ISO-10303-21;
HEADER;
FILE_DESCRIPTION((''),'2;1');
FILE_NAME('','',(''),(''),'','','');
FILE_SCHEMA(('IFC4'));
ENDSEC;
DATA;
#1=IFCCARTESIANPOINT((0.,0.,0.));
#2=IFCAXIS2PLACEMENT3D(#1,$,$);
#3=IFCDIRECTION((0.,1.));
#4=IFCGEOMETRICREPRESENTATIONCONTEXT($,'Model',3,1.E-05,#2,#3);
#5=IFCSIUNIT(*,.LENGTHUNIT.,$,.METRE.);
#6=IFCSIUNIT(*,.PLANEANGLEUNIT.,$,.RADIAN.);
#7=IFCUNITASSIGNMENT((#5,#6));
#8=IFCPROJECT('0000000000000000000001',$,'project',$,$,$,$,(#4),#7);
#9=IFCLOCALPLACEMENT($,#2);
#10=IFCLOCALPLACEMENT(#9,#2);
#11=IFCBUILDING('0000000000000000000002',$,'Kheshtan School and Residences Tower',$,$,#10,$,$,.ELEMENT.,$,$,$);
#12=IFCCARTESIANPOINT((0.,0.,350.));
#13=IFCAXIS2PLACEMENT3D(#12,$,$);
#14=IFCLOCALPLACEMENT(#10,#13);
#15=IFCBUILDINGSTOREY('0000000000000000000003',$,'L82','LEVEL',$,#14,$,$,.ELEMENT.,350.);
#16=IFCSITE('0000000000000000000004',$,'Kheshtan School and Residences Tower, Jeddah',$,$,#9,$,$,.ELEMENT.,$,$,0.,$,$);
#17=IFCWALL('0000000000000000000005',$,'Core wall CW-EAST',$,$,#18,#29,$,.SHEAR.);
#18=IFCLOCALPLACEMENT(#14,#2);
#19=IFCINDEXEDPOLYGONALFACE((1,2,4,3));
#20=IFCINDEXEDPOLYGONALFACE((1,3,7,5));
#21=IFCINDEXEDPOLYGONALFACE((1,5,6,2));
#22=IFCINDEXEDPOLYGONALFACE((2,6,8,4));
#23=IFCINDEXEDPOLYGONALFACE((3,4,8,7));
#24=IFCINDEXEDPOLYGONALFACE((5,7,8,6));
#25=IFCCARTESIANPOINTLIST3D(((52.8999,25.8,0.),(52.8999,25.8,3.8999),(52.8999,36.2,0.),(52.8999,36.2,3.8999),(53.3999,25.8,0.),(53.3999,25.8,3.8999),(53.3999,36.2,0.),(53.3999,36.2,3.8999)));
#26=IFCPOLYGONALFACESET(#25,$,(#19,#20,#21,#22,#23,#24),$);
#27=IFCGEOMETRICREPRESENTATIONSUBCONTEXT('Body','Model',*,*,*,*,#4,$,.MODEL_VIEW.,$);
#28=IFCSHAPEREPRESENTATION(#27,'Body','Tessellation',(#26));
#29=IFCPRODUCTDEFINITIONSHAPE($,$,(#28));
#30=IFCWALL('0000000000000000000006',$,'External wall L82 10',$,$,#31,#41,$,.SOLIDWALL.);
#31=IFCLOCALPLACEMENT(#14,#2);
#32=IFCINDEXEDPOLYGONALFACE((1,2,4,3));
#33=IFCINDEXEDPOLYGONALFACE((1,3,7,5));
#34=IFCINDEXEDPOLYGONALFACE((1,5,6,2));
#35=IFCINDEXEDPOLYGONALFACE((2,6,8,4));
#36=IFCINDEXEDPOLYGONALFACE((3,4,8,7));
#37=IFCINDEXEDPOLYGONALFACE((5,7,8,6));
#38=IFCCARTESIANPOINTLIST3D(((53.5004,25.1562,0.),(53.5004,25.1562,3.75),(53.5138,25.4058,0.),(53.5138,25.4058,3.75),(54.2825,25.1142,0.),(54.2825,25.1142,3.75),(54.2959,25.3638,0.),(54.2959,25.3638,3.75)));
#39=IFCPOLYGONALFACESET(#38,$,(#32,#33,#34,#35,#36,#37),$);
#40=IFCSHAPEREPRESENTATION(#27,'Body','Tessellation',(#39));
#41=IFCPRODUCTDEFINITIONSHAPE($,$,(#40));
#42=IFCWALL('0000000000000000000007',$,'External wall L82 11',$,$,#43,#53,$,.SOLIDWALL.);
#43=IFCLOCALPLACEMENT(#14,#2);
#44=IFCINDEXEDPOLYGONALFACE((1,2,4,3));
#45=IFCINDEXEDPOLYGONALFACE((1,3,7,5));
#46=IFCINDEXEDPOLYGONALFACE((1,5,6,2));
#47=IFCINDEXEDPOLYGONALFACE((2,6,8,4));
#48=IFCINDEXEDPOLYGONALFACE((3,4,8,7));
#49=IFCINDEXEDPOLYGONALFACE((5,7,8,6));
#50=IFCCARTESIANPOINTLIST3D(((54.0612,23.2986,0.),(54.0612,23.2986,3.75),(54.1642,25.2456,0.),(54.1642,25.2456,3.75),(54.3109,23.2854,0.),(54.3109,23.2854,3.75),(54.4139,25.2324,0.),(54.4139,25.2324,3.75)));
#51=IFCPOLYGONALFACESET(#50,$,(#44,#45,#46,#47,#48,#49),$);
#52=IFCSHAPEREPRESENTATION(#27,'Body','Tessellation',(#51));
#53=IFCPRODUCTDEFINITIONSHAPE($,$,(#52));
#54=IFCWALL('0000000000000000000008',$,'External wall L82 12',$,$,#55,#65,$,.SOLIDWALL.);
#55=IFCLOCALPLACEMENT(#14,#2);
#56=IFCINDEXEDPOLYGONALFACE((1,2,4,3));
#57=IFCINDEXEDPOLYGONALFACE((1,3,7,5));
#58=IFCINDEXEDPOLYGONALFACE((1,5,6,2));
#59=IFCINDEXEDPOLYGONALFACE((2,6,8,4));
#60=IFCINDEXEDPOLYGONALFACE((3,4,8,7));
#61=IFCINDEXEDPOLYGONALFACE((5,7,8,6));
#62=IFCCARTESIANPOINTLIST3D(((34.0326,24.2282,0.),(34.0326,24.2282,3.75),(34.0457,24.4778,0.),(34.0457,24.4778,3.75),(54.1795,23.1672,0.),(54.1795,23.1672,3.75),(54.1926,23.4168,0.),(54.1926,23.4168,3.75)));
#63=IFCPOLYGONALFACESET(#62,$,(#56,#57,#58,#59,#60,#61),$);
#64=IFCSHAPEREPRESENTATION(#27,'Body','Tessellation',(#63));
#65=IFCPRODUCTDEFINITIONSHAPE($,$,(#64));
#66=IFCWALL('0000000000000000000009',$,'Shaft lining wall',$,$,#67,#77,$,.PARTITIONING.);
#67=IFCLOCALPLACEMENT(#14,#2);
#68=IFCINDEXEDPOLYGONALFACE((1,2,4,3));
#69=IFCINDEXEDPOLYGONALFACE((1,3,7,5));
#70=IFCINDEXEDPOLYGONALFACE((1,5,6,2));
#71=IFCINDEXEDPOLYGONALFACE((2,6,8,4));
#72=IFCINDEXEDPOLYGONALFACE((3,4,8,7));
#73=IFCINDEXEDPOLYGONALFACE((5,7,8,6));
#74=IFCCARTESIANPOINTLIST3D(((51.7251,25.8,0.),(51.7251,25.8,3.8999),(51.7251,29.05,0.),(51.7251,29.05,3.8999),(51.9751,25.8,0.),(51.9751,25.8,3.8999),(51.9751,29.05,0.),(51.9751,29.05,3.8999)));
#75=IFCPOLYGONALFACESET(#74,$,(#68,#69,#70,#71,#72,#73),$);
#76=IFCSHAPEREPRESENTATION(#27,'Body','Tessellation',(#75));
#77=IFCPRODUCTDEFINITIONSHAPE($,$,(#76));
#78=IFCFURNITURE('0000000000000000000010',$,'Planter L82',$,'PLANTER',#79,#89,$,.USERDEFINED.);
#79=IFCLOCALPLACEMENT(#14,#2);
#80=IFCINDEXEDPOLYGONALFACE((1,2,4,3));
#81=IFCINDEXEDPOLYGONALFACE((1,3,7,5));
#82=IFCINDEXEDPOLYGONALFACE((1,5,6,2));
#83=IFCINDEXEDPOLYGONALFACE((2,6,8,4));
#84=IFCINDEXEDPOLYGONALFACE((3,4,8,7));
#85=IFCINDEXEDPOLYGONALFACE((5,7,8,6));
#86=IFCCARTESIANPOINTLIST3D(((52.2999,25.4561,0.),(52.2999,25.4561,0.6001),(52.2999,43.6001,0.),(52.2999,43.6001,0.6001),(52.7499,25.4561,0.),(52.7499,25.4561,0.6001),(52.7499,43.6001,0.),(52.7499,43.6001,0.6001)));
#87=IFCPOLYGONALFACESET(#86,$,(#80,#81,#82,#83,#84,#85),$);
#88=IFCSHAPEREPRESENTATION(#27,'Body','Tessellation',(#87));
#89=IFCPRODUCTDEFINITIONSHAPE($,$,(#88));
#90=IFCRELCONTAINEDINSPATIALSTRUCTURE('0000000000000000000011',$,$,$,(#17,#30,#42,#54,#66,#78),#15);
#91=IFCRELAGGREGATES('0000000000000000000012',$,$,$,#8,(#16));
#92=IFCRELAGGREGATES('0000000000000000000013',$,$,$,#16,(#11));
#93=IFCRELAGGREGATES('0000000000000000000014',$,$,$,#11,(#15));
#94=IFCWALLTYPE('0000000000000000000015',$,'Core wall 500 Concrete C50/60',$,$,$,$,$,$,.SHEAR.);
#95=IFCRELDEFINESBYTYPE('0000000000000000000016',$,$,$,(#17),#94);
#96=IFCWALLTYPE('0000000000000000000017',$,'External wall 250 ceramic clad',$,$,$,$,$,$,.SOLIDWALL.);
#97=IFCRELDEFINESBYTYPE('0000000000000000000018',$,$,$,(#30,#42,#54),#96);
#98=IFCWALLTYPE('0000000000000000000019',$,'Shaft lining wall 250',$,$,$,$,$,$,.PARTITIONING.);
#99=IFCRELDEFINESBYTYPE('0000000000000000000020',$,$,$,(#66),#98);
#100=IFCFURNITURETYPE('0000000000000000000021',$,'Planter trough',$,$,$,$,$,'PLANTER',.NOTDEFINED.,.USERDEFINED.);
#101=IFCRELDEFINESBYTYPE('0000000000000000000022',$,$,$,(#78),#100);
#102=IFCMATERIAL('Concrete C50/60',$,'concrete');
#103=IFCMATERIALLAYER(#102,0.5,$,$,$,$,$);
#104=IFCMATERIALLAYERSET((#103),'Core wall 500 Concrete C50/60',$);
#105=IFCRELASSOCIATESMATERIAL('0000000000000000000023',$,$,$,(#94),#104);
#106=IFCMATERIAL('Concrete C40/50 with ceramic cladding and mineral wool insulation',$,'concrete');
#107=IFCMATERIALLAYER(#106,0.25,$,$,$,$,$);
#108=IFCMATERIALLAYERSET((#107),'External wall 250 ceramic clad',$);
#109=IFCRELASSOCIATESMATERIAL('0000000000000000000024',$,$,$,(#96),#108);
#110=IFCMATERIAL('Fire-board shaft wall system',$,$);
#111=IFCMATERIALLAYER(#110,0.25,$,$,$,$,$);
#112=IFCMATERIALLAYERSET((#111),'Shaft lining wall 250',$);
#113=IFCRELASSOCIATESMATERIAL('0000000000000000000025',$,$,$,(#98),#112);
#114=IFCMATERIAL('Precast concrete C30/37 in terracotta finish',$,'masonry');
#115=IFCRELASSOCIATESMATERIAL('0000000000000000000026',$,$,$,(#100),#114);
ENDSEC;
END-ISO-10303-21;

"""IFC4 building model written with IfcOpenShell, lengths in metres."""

from ifc_helpers import new_model, si_unit, direction, frame, frame_2d, origin, origin_2d, place, context, subcontext, project, spatial, rectangle, extrude, material, layer, layer_set, type_object, element, save


model = new_model("IFC4")

# Units and contexts
model_context = context("Model", 3, precision=1e-05, world=origin(), true_north=direction((0.0, 1.0)))
body_context = subcontext(model_context, "Body", "Model", "MODEL_VIEW")
ifc_project = project(units=[si_unit("LENGTHUNIT", "METRE"), si_unit("PLANEANGLEUNIT", "RADIAN")], contexts=[model_context])

# Site, building, storey
site_placement = place(None, origin())
site = spatial("IfcSite", under=ifc_project, at=site_placement, Name="Kheshtan School and Residences Tower, Jeddah", CompositionType="ELEMENT", RefElevation=0.0)
building_placement = place(site_placement, origin())
building = spatial("IfcBuilding", under=site, at=building_placement, Name="Kheshtan School and Residences Tower", CompositionType="ELEMENT")
storey_placement = place(building_placement, frame((0.0, 0.0, 350.0)))
storey = spatial("IfcBuildingStorey", under=building, at=storey_placement, Name="L82", Description="LEVEL", CompositionType="ELEMENT", Elevation=350.0)

# Walls
ifc_material_1 = material(Name="Concrete C50/60", Category="concrete")
ifc_layer_1 = layer(ifc_material_1, 0.5)
ifc_layer_set_1 = layer_set([ifc_layer_1], Name="Core wall 500 Concrete C50/60")
wall_type_1 = type_object("IfcWallType", Name="Core wall 500 Concrete C50/60", PredefinedType="SHEAR", material=ifc_layer_set_1)
wall_1_placement = place(storey_placement, frame((53.1499, 25.8, 0.0), z_axis=(0.0, 0.0, 1.0), x_axis=(0.0, 1.0, 0.0)))
element("IfcWall", 1, at=wall_1_placement, inside=storey, type_object=wall_type_1, Name="Core wall CW-EAST", PredefinedType="SHEAR", context=body_context, shape_type="SweptSolid", body=[
    extrude(rectangle(XDim=10.3999, YDim=0.5, at=frame_2d((5.2, 0.0))), origin(), (0.0, 0.0, 1.0), 3.8999),
])
ifc_material_2 = material(Name="Concrete C40/50 with ceramic cladding and mineral wool insulation", Category="concrete")
ifc_layer_2 = layer(ifc_material_2, 0.25)
ifc_layer_set_2 = layer_set([ifc_layer_2], Name="External wall 250 ceramic clad")
wall_type_2 = type_object("IfcWallType", Name="External wall 250 ceramic clad", PredefinedType="SOLIDWALL", material=ifc_layer_set_2)
wall_2_placement = place(storey_placement, frame((53.5071, 25.281, 0.0), z_axis=(0.0, 0.0, 1.0), x_axis=(0.998561, -0.053622, 0.0)))
element("IfcWall", 2, at=wall_2_placement, inside=storey, type_object=wall_type_2, Name="External wall L82 10", PredefinedType="SOLIDWALL", context=body_context, shape_type="SweptSolid", body=[
    extrude(rectangle(XDim=0.7832, YDim=0.25, at=frame_2d((0.3916, 0.0))), origin(), (0.0, 0.0, 1.0), 3.75),
])
wall_3_placement = place(storey_placement, frame((54.2891, 25.239, 0.0), z_axis=(0.0, 0.0, 1.0), x_axis=(-0.052841, -0.998603, 0.0)))
element("IfcWall", 3, at=wall_3_placement, inside=storey, type_object=wall_type_2, Name="External wall L82 11", PredefinedType="SOLIDWALL", context=body_context, shape_type="SweptSolid", body=[
    extrude(rectangle(XDim=1.9497, YDim=0.25, at=frame_2d((0.9749, 0.0))), origin(), (0.0, 0.0, 1.0), 3.75),
])
wall_4_placement = place(storey_placement, frame((54.186, 23.292, 0.0), z_axis=(0.0, 0.0, 1.0), x_axis=(-0.998616, 0.052592, 0.0)))
element("IfcWall", 4, at=wall_4_placement, inside=storey, type_object=wall_type_2, Name="External wall L82 12", PredefinedType="SOLIDWALL", context=body_context, shape_type="SweptSolid", body=[
    extrude(rectangle(XDim=20.1748, YDim=0.25, at=frame_2d((10.0874, 0.0))), origin(), (0.0, 0.0, 1.0), 3.75),
])
ifc_material_3 = material(Name="Fire-board shaft wall system")
ifc_layer_3 = layer(ifc_material_3, 0.25)
ifc_layer_set_3 = layer_set([ifc_layer_3], Name="Shaft lining wall 250")
wall_type_3 = type_object("IfcWallType", Name="Shaft lining wall 250", PredefinedType="PARTITIONING", material=ifc_layer_set_3)
wall_5_placement = place(storey_placement, frame((51.8501, 25.8, 0.0), z_axis=(0.0, 0.0, 1.0), x_axis=(0.0, 1.0, 0.0)))
element("IfcWall", 5, at=wall_5_placement, inside=storey, type_object=wall_type_3, Name="Shaft lining wall", PredefinedType="PARTITIONING", context=body_context, shape_type="SweptSolid", body=[
    extrude(rectangle(XDim=3.25, YDim=0.25, at=frame_2d((1.625, 0.0))), origin(), (0.0, 0.0, 1.0), 3.8999),
])

# Furniture
ifc_material_4 = material(Name="Precast concrete C30/37 in terracotta finish", Category="masonry")
furniture_type = type_object("IfcFurnitureType", Name="Planter trough", ElementType="PLANTER", AssemblyPlace="NOTDEFINED", PredefinedType="USERDEFINED", material=ifc_material_4)
furniture_placement = place(storey_placement, frame((52.5249, 34.5281, 0.0), z_axis=(0.0, 0.0, 1.0), x_axis=(0.0, -1.0, 0.0)))
element("IfcFurniture", 6, at=furniture_placement, inside=storey, type_object=furniture_type, Name="Planter L82", ObjectType="PLANTER", PredefinedType="USERDEFINED", context=body_context, shape_type="SweptSolid", body=[
    extrude(rectangle(XDim=18.144, YDim=0.45, at=origin_2d()), origin(), (0.0, 0.0, 1.0), 0.6001),
])

save(model, "model.ifc")
